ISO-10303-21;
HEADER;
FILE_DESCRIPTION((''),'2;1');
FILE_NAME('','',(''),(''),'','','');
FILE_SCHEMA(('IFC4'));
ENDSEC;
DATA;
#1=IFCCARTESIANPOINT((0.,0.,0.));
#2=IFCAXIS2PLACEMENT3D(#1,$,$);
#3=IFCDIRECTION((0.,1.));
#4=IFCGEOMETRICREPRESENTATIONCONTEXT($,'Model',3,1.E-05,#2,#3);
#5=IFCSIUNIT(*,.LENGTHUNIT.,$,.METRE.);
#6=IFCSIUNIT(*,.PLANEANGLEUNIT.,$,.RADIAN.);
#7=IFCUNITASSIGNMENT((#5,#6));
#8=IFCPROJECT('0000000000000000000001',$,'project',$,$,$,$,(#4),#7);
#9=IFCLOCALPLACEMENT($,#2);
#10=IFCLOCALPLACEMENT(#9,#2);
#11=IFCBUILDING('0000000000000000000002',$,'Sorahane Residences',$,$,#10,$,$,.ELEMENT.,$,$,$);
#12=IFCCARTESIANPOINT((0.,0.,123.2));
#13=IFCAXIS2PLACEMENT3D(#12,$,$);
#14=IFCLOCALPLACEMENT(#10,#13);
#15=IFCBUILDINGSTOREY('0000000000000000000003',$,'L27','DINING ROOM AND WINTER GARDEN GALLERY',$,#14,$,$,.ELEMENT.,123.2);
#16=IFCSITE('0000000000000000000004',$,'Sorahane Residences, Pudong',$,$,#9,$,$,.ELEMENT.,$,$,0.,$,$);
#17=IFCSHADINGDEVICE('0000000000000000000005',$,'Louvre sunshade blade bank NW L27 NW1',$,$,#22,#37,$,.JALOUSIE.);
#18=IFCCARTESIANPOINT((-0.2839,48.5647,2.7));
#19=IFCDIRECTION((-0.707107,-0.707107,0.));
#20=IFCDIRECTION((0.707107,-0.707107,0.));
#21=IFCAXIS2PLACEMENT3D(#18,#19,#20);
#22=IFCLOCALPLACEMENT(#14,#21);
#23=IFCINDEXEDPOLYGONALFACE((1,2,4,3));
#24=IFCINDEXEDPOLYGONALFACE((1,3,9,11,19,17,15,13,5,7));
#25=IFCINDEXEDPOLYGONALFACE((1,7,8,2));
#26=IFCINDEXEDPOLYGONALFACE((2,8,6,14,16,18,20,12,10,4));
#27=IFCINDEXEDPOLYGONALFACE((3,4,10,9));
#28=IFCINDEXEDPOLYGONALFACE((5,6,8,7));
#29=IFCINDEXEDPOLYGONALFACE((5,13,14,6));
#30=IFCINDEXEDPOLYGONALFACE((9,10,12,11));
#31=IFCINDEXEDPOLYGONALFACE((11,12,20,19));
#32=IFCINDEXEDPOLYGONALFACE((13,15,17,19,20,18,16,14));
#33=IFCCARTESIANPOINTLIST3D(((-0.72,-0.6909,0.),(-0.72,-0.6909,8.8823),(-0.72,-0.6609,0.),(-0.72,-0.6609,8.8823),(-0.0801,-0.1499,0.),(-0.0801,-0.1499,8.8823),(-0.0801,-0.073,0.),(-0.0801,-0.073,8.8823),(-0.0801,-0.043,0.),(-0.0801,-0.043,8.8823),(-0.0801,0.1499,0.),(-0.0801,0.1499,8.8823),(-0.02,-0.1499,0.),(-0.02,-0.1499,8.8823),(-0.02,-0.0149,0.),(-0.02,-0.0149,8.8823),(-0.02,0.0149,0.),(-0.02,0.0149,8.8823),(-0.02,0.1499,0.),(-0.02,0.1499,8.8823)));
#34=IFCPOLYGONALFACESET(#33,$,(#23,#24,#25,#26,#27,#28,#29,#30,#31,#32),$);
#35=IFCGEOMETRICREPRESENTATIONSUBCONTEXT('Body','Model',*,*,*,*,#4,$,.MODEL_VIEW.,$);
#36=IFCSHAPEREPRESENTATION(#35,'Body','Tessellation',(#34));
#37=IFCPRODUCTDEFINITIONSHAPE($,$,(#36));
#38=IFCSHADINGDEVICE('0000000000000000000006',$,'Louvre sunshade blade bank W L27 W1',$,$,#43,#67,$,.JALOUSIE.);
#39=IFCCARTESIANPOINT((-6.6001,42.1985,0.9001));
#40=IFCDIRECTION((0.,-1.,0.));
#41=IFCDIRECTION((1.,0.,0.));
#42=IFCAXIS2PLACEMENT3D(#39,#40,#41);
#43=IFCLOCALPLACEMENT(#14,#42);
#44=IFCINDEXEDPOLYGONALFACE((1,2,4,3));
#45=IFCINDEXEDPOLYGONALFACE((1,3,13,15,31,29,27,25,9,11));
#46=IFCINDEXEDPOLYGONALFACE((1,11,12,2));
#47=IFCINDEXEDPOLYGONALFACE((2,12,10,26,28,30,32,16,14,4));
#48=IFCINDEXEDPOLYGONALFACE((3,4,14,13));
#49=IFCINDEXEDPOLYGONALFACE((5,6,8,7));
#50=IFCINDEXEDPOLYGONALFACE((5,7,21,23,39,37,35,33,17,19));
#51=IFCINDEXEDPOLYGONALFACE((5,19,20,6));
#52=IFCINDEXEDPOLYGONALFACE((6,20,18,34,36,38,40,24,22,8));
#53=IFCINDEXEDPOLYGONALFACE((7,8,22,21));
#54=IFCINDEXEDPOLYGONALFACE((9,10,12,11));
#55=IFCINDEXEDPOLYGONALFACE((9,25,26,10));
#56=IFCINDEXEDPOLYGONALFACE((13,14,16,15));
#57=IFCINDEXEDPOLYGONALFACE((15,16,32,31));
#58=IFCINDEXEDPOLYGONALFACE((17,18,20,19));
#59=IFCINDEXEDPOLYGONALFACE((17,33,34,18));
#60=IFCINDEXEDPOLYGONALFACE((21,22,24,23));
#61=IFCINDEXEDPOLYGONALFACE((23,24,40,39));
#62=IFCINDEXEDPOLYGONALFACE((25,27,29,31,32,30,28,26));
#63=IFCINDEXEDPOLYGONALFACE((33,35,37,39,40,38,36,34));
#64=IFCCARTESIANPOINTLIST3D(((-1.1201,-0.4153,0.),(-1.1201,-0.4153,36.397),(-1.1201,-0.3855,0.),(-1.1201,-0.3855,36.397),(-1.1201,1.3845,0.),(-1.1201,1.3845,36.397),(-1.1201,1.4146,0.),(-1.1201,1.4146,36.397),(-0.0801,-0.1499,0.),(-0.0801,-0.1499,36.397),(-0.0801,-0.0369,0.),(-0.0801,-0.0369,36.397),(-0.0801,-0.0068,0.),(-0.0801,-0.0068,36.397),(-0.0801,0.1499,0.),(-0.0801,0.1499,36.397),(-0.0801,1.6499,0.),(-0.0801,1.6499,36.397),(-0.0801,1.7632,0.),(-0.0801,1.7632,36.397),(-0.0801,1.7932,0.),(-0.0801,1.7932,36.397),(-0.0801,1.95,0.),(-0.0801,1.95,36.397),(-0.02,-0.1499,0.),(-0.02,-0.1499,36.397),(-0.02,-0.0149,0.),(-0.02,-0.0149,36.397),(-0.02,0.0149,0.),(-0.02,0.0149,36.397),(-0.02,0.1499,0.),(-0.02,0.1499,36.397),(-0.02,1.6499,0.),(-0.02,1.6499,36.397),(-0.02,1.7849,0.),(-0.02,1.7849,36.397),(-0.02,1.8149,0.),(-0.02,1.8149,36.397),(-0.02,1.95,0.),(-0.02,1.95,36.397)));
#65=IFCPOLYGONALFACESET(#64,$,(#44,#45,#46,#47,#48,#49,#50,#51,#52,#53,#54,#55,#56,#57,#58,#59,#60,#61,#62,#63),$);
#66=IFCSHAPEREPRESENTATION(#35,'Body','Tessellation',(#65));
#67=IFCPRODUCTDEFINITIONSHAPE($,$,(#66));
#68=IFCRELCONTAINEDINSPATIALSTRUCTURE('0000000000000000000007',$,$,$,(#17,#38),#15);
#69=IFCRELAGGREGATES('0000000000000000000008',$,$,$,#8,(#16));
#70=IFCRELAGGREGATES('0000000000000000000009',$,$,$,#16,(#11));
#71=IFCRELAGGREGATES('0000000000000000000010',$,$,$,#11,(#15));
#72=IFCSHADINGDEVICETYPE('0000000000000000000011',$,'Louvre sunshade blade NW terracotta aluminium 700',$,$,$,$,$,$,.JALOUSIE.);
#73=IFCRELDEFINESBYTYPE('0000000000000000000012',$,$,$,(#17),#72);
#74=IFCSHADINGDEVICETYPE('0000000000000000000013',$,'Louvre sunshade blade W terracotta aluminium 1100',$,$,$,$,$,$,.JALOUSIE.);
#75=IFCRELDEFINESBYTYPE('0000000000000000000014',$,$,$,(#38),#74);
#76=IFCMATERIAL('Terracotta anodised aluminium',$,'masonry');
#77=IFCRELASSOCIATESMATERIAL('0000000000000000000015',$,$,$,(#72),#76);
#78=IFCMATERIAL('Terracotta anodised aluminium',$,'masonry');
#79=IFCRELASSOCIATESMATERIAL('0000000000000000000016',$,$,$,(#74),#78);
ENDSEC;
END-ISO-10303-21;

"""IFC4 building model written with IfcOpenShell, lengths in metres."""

from ifc_helpers import new_model, si_unit, direction, frame, origin, place, context, subcontext, project, spatial, polyline, outline, composite_profile, extrude, material, type_object, element, save


model = new_model("IFC4")

# Units and contexts
model_context = context("Model", 3, precision=1e-05, world=origin(), true_north=direction((0.0, 1.0)))
body_context = subcontext(model_context, "Body", "Model", "MODEL_VIEW")
ifc_project = project(units=[si_unit("LENGTHUNIT", "METRE"), si_unit("PLANEANGLEUNIT", "RADIAN")], contexts=[model_context])

# Site, building, storey
site_placement = place(None, origin())
site = spatial("IfcSite", under=ifc_project, at=site_placement, Name="Sorahane Residences, Pudong", CompositionType="ELEMENT", RefElevation=0.0)
building_placement = place(site_placement, origin())
building = spatial("IfcBuilding", under=site, at=building_placement, Name="Sorahane Residences", CompositionType="ELEMENT")
storey_placement = place(building_placement, frame((0.0, 0.0, 123.2)))
storey = spatial("IfcBuildingStorey", under=building, at=storey_placement, Name="L27", Description="DINING ROOM AND WINTER GARDEN GALLERY", CompositionType="ELEMENT", Elevation=123.2)

# Shading devices
ifc_material_1 = material(Name="Terracotta anodised aluminium", Category="masonry")
shading_device_type_1 = type_object("IfcShadingDeviceType", Name="Louvre sunshade blade NW terracotta aluminium 700", PredefinedType="JALOUSIE", material=ifc_material_1)
shading_device_1_placement = place(storey_placement, frame((-0.2839, 48.5647, 2.7), z_axis=(-0.707107, -0.707107, 0.0), x_axis=(0.707107, -0.707107, 0.0)))
element("IfcShadingDevice", 1, at=shading_device_1_placement, inside=storey, type_object=shading_device_type_1, Name="Louvre sunshade blade bank NW L27 NW1", PredefinedType="JALOUSIE", context=body_context, shape_type="SweptSolid", body=[
    extrude(outline(polyline([(-0.72, -0.6609), (-0.72, -0.6909), (-0.0801, -0.073), (-0.0801, -0.1499), (-0.02, -0.1499), (-0.02, -0.0149), (-0.02, 0.0149), (-0.02, 0.1499), (-0.0801, 0.1499), (-0.0801, -0.043), (-0.72, -0.6609)])), origin(), (0.0, 0.0, 1.0), 8.8823),
])
ifc_material_2 = material(Name="Terracotta anodised aluminium", Category="masonry")
shading_device_type_2 = type_object("IfcShadingDeviceType", Name="Louvre sunshade blade W terracotta aluminium 1100", PredefinedType="JALOUSIE", material=ifc_material_2)
shading_device_2_placement = place(storey_placement, frame((-6.6001, 42.1985, 0.9001), z_axis=(0.0, -1.0, 0.0), x_axis=(1.0, 0.0, 0.0)))
element("IfcShadingDevice", 2, at=shading_device_2_placement, inside=storey, type_object=shading_device_type_2, Name="Louvre sunshade blade bank W L27 W1", PredefinedType="JALOUSIE", context=body_context, shape_type="SweptSolid", body=[
    extrude(composite_profile([outline(polyline([(-1.1201, -0.3855), (-1.1201, -0.4153), (-0.0801, -0.0369), (-0.0801, -0.1499), (-0.02, -0.1499), (-0.02, -0.0149), (-0.02, 0.0149), (-0.02, 0.1499), (-0.0801, 0.1499), (-0.0801, -0.0068), (-1.1201, -0.3855)])), outline(polyline([(-1.1201, 1.4146), (-1.1201, 1.3845), (-0.0801, 1.7632), (-0.0801, 1.6499), (-0.02, 1.6499), (-0.02, 1.7849), (-0.02, 1.8149), (-0.02, 1.95), (-0.0801, 1.95), (-0.0801, 1.7932), (-1.1201, 1.4146)]))]), origin(), (0.0, 0.0, 1.0), 36.397),
])

save(model, "model.ifc")
